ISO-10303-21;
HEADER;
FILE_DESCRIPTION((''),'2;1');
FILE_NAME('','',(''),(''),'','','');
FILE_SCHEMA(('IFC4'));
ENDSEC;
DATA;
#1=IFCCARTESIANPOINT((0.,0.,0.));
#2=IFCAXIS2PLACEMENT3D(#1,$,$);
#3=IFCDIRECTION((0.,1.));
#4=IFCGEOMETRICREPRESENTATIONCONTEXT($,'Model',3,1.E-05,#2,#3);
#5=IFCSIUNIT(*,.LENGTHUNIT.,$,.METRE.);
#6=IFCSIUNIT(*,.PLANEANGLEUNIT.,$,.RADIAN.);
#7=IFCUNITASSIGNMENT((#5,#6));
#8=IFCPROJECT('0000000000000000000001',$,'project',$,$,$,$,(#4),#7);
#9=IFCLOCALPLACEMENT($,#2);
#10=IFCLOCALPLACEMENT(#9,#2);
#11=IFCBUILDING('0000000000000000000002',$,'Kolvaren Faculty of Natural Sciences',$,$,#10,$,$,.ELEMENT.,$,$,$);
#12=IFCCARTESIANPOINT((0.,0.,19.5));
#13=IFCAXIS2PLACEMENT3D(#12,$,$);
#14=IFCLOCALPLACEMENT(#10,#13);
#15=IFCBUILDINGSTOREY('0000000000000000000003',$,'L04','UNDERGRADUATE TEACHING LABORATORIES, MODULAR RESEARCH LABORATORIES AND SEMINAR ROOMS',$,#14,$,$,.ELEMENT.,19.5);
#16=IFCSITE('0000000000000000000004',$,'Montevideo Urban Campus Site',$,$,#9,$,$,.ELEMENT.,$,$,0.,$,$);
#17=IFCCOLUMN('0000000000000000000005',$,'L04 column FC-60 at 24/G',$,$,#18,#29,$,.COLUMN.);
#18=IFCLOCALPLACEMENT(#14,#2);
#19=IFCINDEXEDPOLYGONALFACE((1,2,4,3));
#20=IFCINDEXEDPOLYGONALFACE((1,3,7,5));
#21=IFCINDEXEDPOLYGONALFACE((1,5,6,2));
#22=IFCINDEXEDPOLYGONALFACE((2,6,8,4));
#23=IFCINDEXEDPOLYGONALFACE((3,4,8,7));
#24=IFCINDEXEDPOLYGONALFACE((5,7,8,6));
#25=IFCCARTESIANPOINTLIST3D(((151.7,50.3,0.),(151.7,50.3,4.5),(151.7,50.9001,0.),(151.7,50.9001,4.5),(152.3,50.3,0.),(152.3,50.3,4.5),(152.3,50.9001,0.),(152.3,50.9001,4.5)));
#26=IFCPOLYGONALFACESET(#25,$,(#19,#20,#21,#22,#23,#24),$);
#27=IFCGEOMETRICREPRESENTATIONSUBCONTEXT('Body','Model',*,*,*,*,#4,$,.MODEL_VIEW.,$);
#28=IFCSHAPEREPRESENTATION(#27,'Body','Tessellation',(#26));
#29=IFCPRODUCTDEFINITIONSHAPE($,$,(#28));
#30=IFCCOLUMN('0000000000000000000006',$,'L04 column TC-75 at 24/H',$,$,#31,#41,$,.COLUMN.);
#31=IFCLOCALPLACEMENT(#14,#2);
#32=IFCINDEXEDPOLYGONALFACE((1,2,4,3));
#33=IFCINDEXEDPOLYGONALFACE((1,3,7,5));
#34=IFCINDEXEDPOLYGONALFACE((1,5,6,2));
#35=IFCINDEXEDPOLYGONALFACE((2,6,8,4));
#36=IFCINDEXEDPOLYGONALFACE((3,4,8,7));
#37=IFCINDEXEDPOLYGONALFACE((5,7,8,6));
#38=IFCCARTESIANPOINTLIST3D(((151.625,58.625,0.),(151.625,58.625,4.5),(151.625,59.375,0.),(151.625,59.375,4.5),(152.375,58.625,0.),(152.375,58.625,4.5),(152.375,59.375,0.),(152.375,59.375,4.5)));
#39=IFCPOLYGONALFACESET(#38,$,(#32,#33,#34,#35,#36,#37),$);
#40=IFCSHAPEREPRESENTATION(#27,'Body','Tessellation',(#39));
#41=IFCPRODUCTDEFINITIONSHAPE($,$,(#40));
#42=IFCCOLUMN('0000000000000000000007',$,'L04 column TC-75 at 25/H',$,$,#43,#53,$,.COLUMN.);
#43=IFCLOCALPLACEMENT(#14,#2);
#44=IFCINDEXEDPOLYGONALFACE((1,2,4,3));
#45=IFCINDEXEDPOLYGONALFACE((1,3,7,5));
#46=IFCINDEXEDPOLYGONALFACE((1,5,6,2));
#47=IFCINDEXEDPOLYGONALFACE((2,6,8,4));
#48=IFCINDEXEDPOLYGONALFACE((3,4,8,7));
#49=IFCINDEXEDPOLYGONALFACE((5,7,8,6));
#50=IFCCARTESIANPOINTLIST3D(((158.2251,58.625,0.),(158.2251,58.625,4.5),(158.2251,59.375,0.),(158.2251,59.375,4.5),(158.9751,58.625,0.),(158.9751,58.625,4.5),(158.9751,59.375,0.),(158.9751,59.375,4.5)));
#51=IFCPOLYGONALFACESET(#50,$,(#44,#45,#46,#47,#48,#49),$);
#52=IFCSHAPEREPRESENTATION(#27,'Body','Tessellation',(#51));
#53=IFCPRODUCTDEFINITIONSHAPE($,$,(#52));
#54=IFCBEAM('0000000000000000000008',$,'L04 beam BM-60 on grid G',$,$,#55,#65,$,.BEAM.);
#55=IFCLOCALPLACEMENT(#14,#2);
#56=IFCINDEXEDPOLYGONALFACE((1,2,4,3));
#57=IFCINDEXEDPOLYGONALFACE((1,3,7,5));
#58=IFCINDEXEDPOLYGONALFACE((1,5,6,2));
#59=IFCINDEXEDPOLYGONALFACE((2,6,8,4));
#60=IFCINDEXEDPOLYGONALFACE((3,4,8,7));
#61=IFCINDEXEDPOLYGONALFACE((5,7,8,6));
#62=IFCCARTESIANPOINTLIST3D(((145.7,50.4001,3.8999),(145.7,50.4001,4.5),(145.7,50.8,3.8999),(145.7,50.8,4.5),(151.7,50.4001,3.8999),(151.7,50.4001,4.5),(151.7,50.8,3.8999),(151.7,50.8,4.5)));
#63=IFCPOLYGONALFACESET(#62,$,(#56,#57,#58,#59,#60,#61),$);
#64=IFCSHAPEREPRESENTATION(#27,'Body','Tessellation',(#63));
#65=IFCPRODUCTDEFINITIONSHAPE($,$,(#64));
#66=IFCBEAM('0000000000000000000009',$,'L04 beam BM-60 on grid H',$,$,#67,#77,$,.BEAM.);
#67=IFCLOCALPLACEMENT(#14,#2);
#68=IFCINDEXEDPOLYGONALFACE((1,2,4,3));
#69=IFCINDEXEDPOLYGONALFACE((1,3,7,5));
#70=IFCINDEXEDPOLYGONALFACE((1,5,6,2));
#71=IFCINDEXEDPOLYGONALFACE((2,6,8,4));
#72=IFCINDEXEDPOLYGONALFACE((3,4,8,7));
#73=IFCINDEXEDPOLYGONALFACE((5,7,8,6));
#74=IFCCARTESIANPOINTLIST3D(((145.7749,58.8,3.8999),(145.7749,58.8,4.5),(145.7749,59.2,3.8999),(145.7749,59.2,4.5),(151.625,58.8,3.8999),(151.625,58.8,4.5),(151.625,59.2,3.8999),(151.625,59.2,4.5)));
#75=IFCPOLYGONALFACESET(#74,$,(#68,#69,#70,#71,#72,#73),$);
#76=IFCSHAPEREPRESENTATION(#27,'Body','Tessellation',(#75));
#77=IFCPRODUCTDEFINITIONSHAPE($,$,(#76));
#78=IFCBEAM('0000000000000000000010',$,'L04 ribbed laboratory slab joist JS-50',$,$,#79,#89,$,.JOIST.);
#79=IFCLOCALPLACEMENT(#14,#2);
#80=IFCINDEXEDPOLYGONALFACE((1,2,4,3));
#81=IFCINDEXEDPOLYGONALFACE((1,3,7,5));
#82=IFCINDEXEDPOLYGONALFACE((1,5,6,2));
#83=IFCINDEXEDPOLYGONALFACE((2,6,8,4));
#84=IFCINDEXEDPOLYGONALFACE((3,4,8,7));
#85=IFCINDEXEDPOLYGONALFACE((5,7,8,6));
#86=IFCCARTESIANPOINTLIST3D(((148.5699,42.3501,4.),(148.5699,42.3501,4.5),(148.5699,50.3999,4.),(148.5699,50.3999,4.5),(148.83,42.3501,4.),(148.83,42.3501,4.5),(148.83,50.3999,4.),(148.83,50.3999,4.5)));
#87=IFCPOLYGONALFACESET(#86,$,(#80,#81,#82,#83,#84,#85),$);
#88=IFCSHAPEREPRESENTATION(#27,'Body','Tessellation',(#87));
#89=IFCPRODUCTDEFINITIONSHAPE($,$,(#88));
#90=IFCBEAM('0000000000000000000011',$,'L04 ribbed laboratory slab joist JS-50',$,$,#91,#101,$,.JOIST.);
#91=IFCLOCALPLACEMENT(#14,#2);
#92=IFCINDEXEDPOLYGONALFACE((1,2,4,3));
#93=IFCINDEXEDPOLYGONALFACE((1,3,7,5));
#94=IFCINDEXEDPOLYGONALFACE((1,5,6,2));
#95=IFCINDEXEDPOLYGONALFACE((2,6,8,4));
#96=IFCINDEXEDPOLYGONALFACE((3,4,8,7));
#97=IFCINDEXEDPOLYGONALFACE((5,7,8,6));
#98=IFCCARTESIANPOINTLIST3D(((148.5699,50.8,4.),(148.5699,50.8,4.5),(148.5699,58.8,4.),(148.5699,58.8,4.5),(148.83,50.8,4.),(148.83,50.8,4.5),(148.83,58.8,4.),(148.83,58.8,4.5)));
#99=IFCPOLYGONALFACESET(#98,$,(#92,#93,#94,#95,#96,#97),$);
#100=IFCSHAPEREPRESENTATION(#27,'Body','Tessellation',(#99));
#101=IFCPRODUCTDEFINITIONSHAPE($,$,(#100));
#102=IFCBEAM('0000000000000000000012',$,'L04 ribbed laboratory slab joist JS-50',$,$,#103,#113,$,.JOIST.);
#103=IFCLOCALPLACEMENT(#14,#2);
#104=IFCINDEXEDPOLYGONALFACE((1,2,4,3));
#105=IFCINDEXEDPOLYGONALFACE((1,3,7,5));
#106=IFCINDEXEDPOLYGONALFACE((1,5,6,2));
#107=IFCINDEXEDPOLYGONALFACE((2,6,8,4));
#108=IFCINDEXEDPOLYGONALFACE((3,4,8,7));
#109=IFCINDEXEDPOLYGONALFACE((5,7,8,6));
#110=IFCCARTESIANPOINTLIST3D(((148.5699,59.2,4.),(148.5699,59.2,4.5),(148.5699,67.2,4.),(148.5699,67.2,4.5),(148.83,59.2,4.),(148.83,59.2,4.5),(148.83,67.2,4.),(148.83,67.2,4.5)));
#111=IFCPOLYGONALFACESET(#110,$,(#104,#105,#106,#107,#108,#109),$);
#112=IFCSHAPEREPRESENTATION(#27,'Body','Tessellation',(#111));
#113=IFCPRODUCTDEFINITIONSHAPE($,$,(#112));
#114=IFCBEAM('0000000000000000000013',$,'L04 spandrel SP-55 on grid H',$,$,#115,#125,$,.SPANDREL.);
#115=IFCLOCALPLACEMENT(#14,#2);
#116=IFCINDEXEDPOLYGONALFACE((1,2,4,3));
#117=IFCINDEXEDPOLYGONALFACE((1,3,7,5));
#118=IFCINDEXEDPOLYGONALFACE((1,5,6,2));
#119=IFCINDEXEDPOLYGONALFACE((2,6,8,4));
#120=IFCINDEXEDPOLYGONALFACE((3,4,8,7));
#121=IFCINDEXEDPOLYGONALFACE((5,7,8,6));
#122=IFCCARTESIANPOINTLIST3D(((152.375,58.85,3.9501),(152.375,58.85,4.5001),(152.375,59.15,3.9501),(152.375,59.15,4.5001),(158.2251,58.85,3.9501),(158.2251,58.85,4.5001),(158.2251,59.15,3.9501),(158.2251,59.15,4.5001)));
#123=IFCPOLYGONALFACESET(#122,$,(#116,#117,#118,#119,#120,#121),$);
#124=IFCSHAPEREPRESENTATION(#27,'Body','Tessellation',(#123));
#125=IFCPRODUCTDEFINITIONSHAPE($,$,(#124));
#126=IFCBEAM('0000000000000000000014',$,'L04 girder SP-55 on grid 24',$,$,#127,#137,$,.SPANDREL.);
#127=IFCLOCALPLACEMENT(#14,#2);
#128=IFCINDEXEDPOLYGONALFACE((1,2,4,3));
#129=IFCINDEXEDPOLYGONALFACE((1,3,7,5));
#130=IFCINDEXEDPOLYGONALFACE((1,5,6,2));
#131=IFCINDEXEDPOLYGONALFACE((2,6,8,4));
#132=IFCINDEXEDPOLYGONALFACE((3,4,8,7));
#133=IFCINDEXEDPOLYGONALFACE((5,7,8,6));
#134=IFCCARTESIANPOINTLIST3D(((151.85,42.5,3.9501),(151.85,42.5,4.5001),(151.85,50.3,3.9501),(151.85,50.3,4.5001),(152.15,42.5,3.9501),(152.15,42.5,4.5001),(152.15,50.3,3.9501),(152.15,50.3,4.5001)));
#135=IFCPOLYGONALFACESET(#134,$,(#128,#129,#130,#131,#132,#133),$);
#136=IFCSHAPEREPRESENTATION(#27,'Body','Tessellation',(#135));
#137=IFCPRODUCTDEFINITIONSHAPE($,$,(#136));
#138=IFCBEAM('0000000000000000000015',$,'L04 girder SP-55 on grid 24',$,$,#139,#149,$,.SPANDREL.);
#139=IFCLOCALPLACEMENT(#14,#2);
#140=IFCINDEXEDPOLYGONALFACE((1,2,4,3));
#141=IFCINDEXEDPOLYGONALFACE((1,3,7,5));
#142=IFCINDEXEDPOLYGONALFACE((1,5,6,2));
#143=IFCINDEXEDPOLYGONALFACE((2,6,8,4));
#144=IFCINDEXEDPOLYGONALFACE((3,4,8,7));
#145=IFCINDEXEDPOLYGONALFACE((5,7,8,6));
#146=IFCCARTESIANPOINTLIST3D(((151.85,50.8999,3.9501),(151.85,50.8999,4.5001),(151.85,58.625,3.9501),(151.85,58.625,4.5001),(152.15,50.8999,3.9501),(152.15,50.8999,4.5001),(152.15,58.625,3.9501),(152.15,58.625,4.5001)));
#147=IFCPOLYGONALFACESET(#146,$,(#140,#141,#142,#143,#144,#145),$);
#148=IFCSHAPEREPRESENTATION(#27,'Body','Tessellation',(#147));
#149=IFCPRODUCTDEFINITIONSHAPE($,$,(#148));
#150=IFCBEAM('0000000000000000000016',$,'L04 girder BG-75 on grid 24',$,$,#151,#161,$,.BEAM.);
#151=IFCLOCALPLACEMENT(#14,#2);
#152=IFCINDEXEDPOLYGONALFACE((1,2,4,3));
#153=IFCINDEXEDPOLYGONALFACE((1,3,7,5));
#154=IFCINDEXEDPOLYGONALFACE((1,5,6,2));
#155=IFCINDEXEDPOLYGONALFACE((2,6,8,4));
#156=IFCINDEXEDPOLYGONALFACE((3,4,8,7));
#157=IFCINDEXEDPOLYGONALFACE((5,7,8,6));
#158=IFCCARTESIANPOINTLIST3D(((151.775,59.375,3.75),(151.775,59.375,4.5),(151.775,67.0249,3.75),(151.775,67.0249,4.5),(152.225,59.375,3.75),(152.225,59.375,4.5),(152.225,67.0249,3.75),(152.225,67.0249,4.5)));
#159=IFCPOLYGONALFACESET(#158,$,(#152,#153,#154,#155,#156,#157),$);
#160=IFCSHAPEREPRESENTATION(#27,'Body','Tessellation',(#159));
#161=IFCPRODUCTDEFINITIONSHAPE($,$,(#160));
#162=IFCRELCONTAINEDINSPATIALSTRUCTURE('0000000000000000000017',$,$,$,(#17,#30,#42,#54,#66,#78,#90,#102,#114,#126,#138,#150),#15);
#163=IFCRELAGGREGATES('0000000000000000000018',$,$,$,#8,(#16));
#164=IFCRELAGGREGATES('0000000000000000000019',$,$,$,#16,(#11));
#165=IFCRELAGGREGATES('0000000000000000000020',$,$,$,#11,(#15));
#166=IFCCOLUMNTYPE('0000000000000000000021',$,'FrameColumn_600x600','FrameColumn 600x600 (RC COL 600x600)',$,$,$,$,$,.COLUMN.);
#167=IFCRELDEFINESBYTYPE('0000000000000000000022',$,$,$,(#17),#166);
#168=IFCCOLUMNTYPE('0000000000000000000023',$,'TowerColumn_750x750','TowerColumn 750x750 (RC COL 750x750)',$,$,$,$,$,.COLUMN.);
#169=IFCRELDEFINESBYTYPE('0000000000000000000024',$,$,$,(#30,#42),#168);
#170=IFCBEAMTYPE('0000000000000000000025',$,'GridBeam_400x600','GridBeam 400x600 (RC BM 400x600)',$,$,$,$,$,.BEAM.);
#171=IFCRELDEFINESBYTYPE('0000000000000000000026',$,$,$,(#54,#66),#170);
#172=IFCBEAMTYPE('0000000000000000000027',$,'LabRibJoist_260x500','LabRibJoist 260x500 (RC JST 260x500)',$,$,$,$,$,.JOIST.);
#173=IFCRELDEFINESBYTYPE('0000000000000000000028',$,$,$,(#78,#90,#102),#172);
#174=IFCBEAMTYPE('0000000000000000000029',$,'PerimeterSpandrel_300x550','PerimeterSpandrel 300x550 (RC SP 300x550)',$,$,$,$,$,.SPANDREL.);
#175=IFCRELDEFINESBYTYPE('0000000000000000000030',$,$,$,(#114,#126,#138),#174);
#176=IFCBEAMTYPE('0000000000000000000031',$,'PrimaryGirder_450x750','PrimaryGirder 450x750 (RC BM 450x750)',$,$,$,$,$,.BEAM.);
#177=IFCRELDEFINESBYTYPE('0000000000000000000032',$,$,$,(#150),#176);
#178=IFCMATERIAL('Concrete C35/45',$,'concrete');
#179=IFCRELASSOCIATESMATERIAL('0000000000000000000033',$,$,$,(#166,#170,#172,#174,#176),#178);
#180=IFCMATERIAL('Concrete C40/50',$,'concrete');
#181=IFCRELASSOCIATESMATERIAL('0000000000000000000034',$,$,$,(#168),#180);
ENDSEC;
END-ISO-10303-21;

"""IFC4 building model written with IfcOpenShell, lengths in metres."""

from ifc_helpers import new_model, si_unit, direction, frame, origin, origin_2d, place, context, subcontext, project, spatial, rectangle, extrude, material, material_profile, profile_set, type_object, element, save


model = new_model("IFC4")

# Units and contexts
model_context = context("Model", 3, precision=1e-05, world=origin(), true_north=direction((0.0, 1.0)))
body_context = subcontext(model_context, "Body", "Model", "MODEL_VIEW")
ifc_project = project(units=[si_unit("LENGTHUNIT", "METRE"), si_unit("PLANEANGLEUNIT", "RADIAN")], contexts=[model_context])

# Site, building, storey
site_placement = place(None, origin())
site = spatial("IfcSite", under=ifc_project, at=site_placement, Name="Montevideo Urban Campus Site", CompositionType="ELEMENT", RefElevation=0.0)
building_placement = place(site_placement, origin())
building = spatial("IfcBuilding", under=site, at=building_placement, Name="Kolvaren Faculty of Natural Sciences", CompositionType="ELEMENT")
storey_placement = place(building_placement, frame((0.0, 0.0, 19.5)))
storey = spatial("IfcBuildingStorey", under=building, at=storey_placement, Name="L04", Description="UNDERGRADUATE TEACHING LABORATORIES, MODULAR RESEARCH LABORATORIES AND SEMINAR ROOMS", CompositionType="ELEMENT", Elevation=19.5)

# Columns
ifc_material_1 = material(Name="Concrete C35/45", Category="concrete")
ifc_material_profile_1 = material_profile(ifc_material_1, rectangle(XDim=0.6001, YDim=0.6001, at=origin_2d()), Name="RC COL 600x600")
ifc_profile_set_1 = profile_set([ifc_material_profile_1], Name="Concrete C35/45")
column_type_1 = type_object("IfcColumnType", Name="FrameColumn_600x600", Description="FrameColumn 600x600 (RC COL 600x600)", PredefinedType="COLUMN", material=ifc_profile_set_1)
column_placement = place(storey_placement, frame((152.0, 50.6001, 0.0), z_axis=(0.0, 0.0, 1.0), x_axis=(1.0, 0.0, 0.0)))
element("IfcColumn", 1, at=column_placement, inside=storey, type_object=column_type_1, Name="L04 column FC-60 at 24/G", PredefinedType="COLUMN", context=body_context, shape_type="SweptSolid", body=[
    extrude(rectangle(XDim=0.6001, YDim=0.6001, at=origin_2d()), origin(), (0.0, 0.0, 1.0), 4.5),
])
ifc_material_2 = material(Name="Concrete C40/50", Category="concrete")
ifc_material_profile_2 = material_profile(ifc_material_2, rectangle(XDim=0.75, YDim=0.75, at=origin_2d()), Name="RC COL 750x750")
ifc_profile_set_2 = profile_set([ifc_material_profile_2], Name="Concrete C40/50")
column_type_2 = type_object("IfcColumnType", Name="TowerColumn_750x750", Description="TowerColumn 750x750 (RC COL 750x750)", PredefinedType="COLUMN", material=ifc_profile_set_2)
for number, where, z_axis, x_axis, name in (
    (2, (152.0, 59.0, 0.0), (0.0, 0.0, 1.0), (1.0, 0.0, 0.0), "L04 column TC-75 at 24/H"),
    (3, (158.6001, 59.0, 0.0), (0.0, 0.0, 1.0), (1.0, 0.0, 0.0), "L04 column TC-75 at 25/H"),
):
    element("IfcColumn", number, at=place(storey_placement, frame(where, z_axis=z_axis, x_axis=x_axis)), inside=storey, type_object=column_type_2, Name=name, PredefinedType="COLUMN", context=body_context, shape_type="SweptSolid", body=[
        extrude(rectangle(XDim=0.75, YDim=0.75, at=origin_2d()), origin(), (0.0, 0.0, 1.0), 4.5),
    ])

# Beams
ifc_material_profile_3 = material_profile(ifc_material_1, rectangle(XDim=0.3999, YDim=0.6001, at=origin_2d()), Name="RC BM 400x600")
ifc_profile_set_3 = profile_set([ifc_material_profile_3], Name="Concrete C35/45")
beam_type_1 = type_object("IfcBeamType", Name="GridBeam_400x600", Description="GridBeam 400x600 (RC BM 400x600)", PredefinedType="BEAM", material=ifc_profile_set_3)
beam_1_placement = place(storey_placement, frame((145.7, 50.6001, 4.2), z_axis=(1.0, 0.0, 0.0), x_axis=(0.0, 1.0, 0.0)))
element("IfcBeam", 4, at=beam_1_placement, inside=storey, type_object=beam_type_1, Name="L04 beam BM-60 on grid G", PredefinedType="BEAM", context=body_context, shape_type="SweptSolid", body=[
    extrude(rectangle(XDim=0.3999, YDim=0.6001, at=origin_2d()), origin(), (0.0, 0.0, 1.0), 6.0),
])
beam_2_placement = place(storey_placement, frame((145.7749, 59.0, 4.2), z_axis=(1.0, 0.0, 0.0), x_axis=(0.0, 1.0, 0.0)))
element("IfcBeam", 5, at=beam_2_placement, inside=storey, type_object=beam_type_1, Name="L04 beam BM-60 on grid H", PredefinedType="BEAM", context=body_context, shape_type="SweptSolid", body=[
    extrude(rectangle(XDim=0.3999, YDim=0.6001, at=origin_2d()), origin(), (0.0, 0.0, 1.0), 5.8501),
])
ifc_material_profile_4 = material_profile(ifc_material_1, rectangle(XDim=0.26, YDim=0.5, at=origin_2d()), Name="RC JST 260x500")
ifc_profile_set_4 = profile_set([ifc_material_profile_4], Name="Concrete C35/45")
beam_type_2 = type_object("IfcBeamType", Name="LabRibJoist_260x500", Description="LabRibJoist 260x500 (RC JST 260x500)", PredefinedType="JOIST", material=ifc_profile_set_4)
beam_3_placement = place(storey_placement, frame((148.7, 42.3501, 4.25), z_axis=(0.0, 1.0, 0.0), x_axis=(-1.0, 0.0, 0.0)))
element("IfcBeam", 6, at=beam_3_placement, inside=storey, type_object=beam_type_2, Name="L04 ribbed laboratory slab joist JS-50", PredefinedType="JOIST", context=body_context, shape_type="SweptSolid", body=[
    extrude(rectangle(XDim=0.26, YDim=0.5, at=origin_2d()), origin(), (0.0, 0.0, 1.0), 8.0498),
])
for number, where, z_axis, x_axis, name in (
    (7, (148.7, 50.8, 4.25), (0.0, 1.0, 0.0), (-1.0, 0.0, 0.0), "L04 ribbed laboratory slab joist JS-50"),
    (8, (148.7, 59.2, 4.25), (0.0, 1.0, 0.0), (-1.0, 0.0, 0.0), "L04 ribbed laboratory slab joist JS-50"),
):
    element("IfcBeam", number, at=place(storey_placement, frame(where, z_axis=z_axis, x_axis=x_axis)), inside=storey, type_object=beam_type_2, Name=name, PredefinedType="JOIST", context=body_context, shape_type="SweptSolid", body=[
        extrude(rectangle(XDim=0.26, YDim=0.5, at=origin_2d()), origin(), (0.0, 0.0, 1.0), 8.0),
    ])
ifc_material_profile_5 = material_profile(ifc_material_1, rectangle(XDim=0.3, YDim=0.55, at=origin_2d()), Name="RC SP 300x550")
ifc_profile_set_5 = profile_set([ifc_material_profile_5], Name="Concrete C35/45")
beam_type_3 = type_object("IfcBeamType", Name="PerimeterSpandrel_300x550", Description="PerimeterSpandrel 300x550 (RC SP 300x550)", PredefinedType="SPANDREL", material=ifc_profile_set_5)
beam_4_placement = place(storey_placement, frame((152.375, 59.0, 4.2251), z_axis=(1.0, 0.0, 0.0), x_axis=(0.0, 1.0, 0.0)))
element("IfcBeam", 9, at=beam_4_placement, inside=storey, type_object=beam_type_3, Name="L04 spandrel SP-55 on grid H", PredefinedType="SPANDREL", context=body_context, shape_type="SweptSolid", body=[
    extrude(rectangle(XDim=0.3, YDim=0.55, at=origin_2d()), origin(), (0.0, 0.0, 1.0), 5.8501),
])
beam_5_placement = place(storey_placement, frame((152.0, 42.5, 4.2251), z_axis=(0.0, 1.0, 0.0), x_axis=(-1.0, 0.0, 0.0)))
element("IfcBeam", 10, at=beam_5_placement, inside=storey, type_object=beam_type_3, Name="L04 girder SP-55 on grid 24", PredefinedType="SPANDREL", context=body_context, shape_type="SweptSolid", body=[
    extrude(rectangle(XDim=0.3, YDim=0.55, at=origin_2d()), origin(), (0.0, 0.0, 1.0), 7.8),
])
beam_6_placement = place(storey_placement, frame((152.0, 50.8999, 4.2251), z_axis=(0.0, 1.0, 0.0), x_axis=(-1.0, 0.0, 0.0)))
element("IfcBeam", 11, at=beam_6_placement, inside=storey, type_object=beam_type_3, Name="L04 girder SP-55 on grid 24", PredefinedType="SPANDREL", context=body_context, shape_type="SweptSolid", body=[
    extrude(rectangle(XDim=0.3, YDim=0.55, at=origin_2d()), origin(), (0.0, 0.0, 1.0), 7.7251),
])
ifc_material_profile_6 = material_profile(ifc_material_1, rectangle(XDim=0.45, YDim=0.75, at=origin_2d()), Name="RC BM 450x750")
ifc_profile_set_6 = profile_set([ifc_material_profile_6], Name="Concrete C35/45")
beam_type_4 = type_object("IfcBeamType", Name="PrimaryGirder_450x750", Description="PrimaryGirder 450x750 (RC BM 450x750)", PredefinedType="BEAM", material=ifc_profile_set_6)
beam_7_placement = place(storey_placement, frame((152.0, 59.375, 4.125), z_axis=(0.0, 1.0, 0.0), x_axis=(-1.0, 0.0, 0.0)))
element("IfcBeam", 12, at=beam_7_placement, inside=storey, type_object=beam_type_4, Name="L04 girder BG-75 on grid 24", PredefinedType="BEAM", context=body_context, shape_type="SweptSolid", body=[
    extrude(rectangle(XDim=0.45, YDim=0.75, at=origin_2d()), origin(), (0.0, 0.0, 1.0), 7.6499),
])

save(model, "model.ifc")
